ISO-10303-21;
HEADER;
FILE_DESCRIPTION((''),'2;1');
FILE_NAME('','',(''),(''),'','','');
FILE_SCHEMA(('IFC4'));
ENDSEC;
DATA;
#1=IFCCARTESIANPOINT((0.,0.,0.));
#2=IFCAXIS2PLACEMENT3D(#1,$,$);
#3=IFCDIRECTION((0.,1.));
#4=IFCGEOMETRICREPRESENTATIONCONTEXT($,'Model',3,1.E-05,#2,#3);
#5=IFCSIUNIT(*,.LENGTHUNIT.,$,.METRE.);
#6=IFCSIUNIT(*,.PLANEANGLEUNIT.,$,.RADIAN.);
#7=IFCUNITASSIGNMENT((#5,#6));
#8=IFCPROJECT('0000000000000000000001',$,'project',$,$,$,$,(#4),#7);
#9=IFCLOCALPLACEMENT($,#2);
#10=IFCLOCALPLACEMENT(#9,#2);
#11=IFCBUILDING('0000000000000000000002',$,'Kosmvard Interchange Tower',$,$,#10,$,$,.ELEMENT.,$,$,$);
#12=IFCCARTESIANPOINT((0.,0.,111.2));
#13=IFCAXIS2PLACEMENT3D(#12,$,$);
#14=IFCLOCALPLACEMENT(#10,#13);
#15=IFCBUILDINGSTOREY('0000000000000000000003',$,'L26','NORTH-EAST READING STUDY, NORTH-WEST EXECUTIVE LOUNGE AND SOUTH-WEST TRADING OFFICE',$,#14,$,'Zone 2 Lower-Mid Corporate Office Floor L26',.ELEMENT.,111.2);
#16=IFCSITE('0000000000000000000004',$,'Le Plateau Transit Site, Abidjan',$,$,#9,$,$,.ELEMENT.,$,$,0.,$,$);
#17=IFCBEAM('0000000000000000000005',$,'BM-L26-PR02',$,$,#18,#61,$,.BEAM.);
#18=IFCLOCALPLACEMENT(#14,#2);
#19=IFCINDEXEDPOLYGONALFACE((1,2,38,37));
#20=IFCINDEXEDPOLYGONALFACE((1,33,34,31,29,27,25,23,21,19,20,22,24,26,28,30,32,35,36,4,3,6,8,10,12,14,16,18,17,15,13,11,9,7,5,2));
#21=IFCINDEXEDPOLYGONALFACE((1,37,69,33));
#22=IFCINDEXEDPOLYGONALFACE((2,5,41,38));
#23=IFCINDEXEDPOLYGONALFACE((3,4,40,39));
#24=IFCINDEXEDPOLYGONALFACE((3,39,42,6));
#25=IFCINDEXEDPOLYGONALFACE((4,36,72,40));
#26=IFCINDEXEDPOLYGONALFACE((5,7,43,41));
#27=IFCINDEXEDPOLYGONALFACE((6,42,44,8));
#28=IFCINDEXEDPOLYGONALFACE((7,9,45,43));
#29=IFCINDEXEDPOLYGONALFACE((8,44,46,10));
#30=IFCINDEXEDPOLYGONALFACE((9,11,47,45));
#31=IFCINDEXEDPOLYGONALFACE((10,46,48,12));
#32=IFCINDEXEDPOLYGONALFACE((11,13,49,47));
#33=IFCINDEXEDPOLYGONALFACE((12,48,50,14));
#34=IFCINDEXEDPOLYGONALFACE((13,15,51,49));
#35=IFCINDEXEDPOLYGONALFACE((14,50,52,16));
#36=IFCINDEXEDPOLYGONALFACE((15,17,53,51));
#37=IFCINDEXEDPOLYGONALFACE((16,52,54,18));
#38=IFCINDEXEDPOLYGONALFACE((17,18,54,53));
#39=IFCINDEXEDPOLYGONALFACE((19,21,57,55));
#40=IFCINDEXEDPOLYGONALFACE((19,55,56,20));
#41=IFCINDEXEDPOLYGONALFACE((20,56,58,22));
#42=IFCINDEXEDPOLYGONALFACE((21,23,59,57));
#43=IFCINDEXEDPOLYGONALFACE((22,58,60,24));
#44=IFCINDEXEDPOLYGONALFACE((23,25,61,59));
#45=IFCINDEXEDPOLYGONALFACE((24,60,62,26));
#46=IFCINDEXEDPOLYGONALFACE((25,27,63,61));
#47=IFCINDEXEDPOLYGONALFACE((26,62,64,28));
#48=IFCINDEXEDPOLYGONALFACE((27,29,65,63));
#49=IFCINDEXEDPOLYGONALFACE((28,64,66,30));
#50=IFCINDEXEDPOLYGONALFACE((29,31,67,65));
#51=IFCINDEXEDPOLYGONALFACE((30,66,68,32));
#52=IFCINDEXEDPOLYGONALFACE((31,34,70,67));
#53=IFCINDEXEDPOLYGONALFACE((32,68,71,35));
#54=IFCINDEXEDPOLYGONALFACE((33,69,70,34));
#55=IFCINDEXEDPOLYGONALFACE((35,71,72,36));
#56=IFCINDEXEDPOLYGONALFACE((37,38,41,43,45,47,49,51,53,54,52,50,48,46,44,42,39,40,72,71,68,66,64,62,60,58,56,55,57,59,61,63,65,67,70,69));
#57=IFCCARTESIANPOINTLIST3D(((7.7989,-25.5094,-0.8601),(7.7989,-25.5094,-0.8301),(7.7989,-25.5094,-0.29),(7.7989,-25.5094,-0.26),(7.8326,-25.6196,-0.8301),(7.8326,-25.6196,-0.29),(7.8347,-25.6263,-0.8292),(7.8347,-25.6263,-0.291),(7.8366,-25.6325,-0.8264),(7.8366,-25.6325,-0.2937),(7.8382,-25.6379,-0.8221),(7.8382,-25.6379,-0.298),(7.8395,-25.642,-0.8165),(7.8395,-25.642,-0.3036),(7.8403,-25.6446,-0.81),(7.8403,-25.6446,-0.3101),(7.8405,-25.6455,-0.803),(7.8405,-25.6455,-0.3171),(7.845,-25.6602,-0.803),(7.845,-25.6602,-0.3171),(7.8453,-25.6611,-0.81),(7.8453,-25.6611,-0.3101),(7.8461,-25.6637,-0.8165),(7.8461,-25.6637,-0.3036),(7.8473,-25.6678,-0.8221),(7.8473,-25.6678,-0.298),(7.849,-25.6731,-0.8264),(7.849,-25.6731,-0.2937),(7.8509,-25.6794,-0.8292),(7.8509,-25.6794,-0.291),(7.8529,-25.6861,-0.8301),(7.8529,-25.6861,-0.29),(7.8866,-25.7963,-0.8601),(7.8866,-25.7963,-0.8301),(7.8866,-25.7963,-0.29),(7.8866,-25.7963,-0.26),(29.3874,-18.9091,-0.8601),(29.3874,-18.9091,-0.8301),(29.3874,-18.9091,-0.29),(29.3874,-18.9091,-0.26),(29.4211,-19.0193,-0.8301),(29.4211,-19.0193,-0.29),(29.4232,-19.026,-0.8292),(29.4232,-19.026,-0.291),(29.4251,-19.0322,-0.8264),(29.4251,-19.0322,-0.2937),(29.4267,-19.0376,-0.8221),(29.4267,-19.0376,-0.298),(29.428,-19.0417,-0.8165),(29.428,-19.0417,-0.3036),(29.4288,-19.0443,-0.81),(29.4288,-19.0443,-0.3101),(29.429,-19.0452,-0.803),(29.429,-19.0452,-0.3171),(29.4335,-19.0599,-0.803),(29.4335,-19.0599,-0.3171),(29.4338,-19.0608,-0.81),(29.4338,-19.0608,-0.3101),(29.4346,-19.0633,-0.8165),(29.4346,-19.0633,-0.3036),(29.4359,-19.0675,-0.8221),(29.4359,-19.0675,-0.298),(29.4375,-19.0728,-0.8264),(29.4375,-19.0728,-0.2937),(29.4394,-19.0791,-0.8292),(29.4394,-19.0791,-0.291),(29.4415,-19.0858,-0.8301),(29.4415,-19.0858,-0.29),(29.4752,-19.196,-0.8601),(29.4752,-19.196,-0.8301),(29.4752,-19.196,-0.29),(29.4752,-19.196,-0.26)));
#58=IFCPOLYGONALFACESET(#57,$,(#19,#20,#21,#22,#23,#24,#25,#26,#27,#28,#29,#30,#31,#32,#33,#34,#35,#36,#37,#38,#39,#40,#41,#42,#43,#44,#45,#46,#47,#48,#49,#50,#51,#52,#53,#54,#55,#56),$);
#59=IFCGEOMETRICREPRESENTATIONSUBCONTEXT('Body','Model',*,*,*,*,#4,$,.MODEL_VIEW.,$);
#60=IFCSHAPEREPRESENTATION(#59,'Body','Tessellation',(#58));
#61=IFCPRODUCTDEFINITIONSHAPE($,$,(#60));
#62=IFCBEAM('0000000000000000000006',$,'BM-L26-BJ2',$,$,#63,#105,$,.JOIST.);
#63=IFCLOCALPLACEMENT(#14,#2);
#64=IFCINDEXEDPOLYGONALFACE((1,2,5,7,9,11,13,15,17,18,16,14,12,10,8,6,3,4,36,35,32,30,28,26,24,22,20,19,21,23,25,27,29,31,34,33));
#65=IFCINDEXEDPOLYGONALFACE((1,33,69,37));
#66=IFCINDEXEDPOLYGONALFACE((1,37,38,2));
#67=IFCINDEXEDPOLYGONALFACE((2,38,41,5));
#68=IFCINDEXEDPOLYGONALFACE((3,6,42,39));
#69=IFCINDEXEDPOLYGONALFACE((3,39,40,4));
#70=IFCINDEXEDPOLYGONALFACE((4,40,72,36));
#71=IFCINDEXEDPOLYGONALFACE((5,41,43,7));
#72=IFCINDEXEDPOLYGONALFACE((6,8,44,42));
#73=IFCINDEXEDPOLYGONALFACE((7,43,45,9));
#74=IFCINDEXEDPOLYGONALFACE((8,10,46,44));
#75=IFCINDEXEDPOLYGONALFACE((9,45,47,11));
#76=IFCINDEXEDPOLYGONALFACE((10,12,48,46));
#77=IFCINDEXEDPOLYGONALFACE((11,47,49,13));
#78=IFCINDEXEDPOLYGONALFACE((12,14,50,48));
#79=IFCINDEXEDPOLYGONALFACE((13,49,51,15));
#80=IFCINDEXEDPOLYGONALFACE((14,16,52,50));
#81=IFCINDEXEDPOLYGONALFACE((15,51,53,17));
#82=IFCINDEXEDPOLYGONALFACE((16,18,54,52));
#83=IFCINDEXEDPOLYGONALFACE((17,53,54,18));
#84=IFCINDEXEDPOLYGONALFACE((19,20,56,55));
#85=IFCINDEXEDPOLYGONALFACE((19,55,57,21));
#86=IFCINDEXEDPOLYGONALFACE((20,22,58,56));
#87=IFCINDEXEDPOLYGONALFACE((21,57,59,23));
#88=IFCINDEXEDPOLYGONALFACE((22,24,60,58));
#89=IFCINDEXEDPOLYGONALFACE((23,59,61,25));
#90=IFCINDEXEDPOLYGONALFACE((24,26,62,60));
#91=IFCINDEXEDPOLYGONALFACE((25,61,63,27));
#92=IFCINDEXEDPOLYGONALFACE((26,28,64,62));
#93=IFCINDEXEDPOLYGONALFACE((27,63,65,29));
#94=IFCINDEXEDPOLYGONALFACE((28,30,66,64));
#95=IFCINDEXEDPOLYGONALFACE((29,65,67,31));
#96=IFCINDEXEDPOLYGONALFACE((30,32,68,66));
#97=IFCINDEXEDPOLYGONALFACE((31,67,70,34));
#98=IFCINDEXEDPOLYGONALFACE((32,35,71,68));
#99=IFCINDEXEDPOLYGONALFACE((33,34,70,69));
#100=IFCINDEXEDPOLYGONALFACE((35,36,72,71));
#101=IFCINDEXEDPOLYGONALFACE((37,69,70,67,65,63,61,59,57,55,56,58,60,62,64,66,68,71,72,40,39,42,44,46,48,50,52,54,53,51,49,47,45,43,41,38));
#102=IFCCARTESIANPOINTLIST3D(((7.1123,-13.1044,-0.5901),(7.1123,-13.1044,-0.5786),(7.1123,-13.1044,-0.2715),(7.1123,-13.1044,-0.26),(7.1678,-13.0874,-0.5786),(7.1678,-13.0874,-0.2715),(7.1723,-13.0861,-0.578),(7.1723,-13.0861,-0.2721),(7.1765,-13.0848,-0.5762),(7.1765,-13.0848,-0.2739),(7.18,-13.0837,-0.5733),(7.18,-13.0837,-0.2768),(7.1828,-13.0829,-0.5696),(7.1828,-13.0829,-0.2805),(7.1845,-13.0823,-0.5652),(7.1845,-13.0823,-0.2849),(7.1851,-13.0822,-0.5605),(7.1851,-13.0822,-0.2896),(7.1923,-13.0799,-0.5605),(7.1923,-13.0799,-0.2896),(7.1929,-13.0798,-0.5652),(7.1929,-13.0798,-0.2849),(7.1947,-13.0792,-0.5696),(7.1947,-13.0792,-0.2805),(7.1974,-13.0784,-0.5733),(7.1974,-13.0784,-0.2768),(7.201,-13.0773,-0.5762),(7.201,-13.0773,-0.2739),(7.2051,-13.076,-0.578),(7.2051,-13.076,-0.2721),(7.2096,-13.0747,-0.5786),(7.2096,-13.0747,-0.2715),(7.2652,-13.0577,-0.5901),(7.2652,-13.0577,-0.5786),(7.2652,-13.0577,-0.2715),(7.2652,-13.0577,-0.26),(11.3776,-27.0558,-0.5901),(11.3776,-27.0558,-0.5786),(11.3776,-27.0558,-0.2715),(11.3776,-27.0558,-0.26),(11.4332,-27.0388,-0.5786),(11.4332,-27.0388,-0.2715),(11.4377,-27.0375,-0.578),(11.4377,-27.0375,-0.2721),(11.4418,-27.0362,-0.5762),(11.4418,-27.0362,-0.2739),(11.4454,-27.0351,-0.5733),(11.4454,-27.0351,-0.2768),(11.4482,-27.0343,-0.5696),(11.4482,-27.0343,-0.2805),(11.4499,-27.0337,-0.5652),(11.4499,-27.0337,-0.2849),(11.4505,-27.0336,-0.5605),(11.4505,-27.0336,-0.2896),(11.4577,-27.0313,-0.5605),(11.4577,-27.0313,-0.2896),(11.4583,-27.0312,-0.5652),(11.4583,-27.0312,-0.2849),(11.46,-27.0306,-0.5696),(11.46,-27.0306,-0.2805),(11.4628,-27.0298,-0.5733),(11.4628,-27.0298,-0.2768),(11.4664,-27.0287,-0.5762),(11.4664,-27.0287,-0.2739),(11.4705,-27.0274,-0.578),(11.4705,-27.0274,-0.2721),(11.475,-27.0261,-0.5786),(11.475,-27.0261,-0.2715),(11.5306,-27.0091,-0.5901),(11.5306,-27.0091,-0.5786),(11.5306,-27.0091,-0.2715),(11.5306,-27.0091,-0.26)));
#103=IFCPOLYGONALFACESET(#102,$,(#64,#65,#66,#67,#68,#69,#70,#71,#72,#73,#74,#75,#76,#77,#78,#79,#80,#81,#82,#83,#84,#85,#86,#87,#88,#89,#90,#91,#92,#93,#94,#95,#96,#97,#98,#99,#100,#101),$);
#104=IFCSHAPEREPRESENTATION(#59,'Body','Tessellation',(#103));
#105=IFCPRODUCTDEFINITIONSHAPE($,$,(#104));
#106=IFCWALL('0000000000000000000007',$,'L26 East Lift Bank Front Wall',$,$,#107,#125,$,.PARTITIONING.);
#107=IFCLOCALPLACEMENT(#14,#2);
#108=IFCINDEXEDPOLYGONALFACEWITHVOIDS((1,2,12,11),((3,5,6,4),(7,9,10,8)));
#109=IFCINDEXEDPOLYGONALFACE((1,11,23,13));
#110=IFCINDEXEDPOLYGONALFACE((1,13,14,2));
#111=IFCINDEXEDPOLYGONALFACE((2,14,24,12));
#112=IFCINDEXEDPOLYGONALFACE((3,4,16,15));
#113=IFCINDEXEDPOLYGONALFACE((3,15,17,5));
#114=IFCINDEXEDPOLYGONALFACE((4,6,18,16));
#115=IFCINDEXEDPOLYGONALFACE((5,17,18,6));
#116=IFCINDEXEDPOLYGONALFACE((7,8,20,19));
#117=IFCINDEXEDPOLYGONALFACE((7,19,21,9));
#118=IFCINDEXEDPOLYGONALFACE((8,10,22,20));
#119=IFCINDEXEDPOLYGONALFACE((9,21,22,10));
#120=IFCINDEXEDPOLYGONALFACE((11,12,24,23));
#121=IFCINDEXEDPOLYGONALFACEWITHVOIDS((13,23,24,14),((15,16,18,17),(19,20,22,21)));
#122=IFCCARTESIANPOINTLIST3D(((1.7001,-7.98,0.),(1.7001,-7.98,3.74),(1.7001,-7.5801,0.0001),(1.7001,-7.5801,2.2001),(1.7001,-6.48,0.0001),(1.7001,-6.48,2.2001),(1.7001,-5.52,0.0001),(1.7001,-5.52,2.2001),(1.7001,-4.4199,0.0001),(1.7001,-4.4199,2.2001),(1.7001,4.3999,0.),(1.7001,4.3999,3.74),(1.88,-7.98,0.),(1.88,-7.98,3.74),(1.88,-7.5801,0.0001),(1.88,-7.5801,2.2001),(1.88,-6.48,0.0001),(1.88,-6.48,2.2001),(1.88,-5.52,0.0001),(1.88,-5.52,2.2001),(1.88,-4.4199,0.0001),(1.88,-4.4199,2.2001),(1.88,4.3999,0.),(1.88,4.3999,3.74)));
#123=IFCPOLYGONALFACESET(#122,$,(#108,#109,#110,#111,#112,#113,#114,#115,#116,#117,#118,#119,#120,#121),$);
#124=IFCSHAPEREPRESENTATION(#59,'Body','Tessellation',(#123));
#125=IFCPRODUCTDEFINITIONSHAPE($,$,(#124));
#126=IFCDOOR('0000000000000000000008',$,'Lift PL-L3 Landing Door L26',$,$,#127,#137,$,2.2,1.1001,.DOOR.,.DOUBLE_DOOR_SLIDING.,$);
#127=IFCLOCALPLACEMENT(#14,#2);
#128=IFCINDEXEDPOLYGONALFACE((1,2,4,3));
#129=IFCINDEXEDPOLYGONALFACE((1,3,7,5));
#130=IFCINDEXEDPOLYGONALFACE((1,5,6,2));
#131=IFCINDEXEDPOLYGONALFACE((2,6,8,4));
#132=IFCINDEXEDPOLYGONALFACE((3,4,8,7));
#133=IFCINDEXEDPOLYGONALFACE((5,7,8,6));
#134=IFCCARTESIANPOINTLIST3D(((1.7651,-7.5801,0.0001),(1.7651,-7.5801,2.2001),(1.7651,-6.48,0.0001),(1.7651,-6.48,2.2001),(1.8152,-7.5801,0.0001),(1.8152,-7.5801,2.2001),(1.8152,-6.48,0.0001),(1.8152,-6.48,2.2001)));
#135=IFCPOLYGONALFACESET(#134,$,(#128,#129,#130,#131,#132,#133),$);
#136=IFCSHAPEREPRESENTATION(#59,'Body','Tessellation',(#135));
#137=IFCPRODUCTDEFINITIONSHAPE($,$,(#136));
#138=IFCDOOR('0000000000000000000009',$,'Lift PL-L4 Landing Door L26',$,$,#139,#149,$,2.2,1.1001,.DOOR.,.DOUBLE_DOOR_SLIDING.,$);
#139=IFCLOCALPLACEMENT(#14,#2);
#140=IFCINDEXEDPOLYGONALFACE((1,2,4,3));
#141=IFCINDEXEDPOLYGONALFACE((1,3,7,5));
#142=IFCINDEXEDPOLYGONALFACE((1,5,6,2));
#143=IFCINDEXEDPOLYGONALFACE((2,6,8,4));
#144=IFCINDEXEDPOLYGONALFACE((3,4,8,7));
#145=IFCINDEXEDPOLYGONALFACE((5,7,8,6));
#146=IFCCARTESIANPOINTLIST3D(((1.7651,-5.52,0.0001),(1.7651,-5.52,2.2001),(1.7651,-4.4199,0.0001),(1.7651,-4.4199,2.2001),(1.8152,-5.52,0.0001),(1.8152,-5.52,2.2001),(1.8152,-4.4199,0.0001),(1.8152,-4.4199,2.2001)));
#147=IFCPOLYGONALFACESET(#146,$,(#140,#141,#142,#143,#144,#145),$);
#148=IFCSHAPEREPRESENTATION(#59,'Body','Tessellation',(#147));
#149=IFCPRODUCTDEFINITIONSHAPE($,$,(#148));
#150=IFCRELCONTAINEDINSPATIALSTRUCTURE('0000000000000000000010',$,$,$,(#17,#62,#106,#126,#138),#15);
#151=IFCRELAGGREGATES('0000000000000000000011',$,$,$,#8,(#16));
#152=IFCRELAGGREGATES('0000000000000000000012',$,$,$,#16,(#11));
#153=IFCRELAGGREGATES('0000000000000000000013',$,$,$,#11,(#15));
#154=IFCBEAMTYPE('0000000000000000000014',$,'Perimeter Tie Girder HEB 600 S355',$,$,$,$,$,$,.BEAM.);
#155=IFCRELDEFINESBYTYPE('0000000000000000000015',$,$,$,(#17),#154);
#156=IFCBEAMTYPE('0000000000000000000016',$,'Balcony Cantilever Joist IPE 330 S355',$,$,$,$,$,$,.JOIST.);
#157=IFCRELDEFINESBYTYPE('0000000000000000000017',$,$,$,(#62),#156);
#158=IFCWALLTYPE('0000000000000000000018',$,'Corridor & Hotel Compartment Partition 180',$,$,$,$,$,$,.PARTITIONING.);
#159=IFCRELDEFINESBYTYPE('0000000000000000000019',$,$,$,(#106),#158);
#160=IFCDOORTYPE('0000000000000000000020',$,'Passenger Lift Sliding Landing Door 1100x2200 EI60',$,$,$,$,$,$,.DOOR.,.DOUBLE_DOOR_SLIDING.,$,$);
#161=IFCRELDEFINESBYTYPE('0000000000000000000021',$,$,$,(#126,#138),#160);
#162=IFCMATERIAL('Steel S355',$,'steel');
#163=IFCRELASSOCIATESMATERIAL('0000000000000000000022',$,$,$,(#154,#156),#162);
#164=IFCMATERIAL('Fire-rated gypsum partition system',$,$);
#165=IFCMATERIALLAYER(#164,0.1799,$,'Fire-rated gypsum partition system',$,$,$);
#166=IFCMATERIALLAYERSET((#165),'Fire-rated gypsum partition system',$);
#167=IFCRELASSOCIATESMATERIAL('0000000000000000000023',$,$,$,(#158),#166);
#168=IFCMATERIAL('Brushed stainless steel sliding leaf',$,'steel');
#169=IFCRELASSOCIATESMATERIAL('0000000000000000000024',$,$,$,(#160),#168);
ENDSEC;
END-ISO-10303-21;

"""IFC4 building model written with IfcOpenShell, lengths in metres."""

from ifc_helpers import new_model, si_unit, direction, frame, frame_2d, origin, origin_2d, place, context, subcontext, project, spatial, rectangle, i_section, extrude, source, transform, mapped, material, layer, layer_set, material_profile, profile_set, type_object, element, fill, save


model = new_model("IFC4")

# Units and contexts
model_context = context("Model", 3, precision=1e-05, world=origin(), true_north=direction((0.0, 1.0)))
body_context = subcontext(model_context, "Body", "Model", "MODEL_VIEW")
ifc_project = project(units=[si_unit("LENGTHUNIT", "METRE"), si_unit("PLANEANGLEUNIT", "RADIAN")], contexts=[model_context])

# Site, building, storey
site_placement = place(None, origin())
site = spatial("IfcSite", under=ifc_project, at=site_placement, Name="Le Plateau Transit Site, Abidjan", CompositionType="ELEMENT", RefElevation=0.0)
building_placement = place(site_placement, origin())
building = spatial("IfcBuilding", under=site, at=building_placement, Name="Kosmvard Interchange Tower", CompositionType="ELEMENT")
storey_placement = place(building_placement, frame((0.0, 0.0, 111.2)))
storey = spatial("IfcBuildingStorey", under=building, at=storey_placement, Name="L26", Description="NORTH-EAST READING STUDY, NORTH-WEST EXECUTIVE LOUNGE AND SOUTH-WEST TRADING OFFICE", LongName="Zone 2 Lower-Mid Corporate Office Floor L26", CompositionType="ELEMENT", Elevation=111.2)

# Beams
ifc_material_1 = material(Name="Steel S355", Category="steel")
ifc_material_profile_1 = material_profile(ifc_material_1, i_section(OverallWidth=0.3, OverallDepth=0.6001, WebThickness=0.0154, FlangeThickness=0.03, FilletRadius=0.0271, at=origin_2d()), Name="HEB 600")
ifc_profile_set_1 = profile_set([ifc_material_profile_1], Name="Steel S355")
beam_type_1 = type_object("IfcBeamType", Name="Perimeter Tie Girder HEB 600 S355", PredefinedType="BEAM", material=ifc_profile_set_1)
shared_shape_1 = source(origin(), body_context, "Body", "SweptSolid", [
    extrude(i_section(OverallWidth=0.3, OverallDepth=0.6001, WebThickness=0.0154, FlangeThickness=0.03, FilletRadius=0.0271, at=origin_2d()), origin(), (0.0, 0.0, 1.0), 22.575),
])
beam_1_placement = place(storey_placement, frame((7.8428, -25.6528, -0.5601), z_axis=(0.956304, 0.292373, 0.0), x_axis=(-0.292373, 0.956304, 0.0)))
element("IfcBeam", 1, at=beam_1_placement, inside=storey, type_object=beam_type_1, Name="BM-L26-PR02", PredefinedType="BEAM", context=body_context, shape_type="MappedRepresentation", body=[
    mapped(shared_shape_1, transform((0.0, 0.0, 0.0), scale=1.0)),
])
ifc_material_profile_2 = material_profile(ifc_material_1, i_section(OverallWidth=0.1599, OverallDepth=0.3301, WebThickness=0.0076, FlangeThickness=0.0115, FilletRadius=0.0181, at=origin_2d()), Name="IPE 330")
ifc_profile_set_2 = profile_set([ifc_material_profile_2], Name="Steel S355")
beam_type_2 = type_object("IfcBeamType", Name="Balcony Cantilever Joist IPE 330 S355", PredefinedType="JOIST", material=ifc_profile_set_2)
shared_shape_2 = source(origin(), body_context, "Body", "SweptSolid", [
    extrude(i_section(OverallWidth=0.1599, OverallDepth=0.3301, WebThickness=0.0076, FlangeThickness=0.0115, FilletRadius=0.0181, at=origin_2d()), origin(), (0.0, 0.0, 1.0), 14.5889),
])
beam_2_placement = place(storey_placement, frame((7.1887, -13.0811, -0.425), z_axis=(0.292372, -0.956305, 0.0), x_axis=(0.956305, 0.292372, 0.0)))
element("IfcBeam", 2, at=beam_2_placement, inside=storey, type_object=beam_type_2, Name="BM-L26-BJ2", PredefinedType="JOIST", context=body_context, shape_type="MappedRepresentation", body=[
    mapped(shared_shape_2, transform((0.0, 0.0, 0.0), scale=1.0)),
])

# Wall, openings, doors
ifc_material_2 = material(Name="Fire-rated gypsum partition system")
ifc_layer_1 = layer(ifc_material_2, 0.1799, Name="Fire-rated gypsum partition system")
ifc_layer_set_1 = layer_set([ifc_layer_1], Name="Fire-rated gypsum partition system")
wall_type_1 = type_object("IfcWallType", Name="Corridor & Hotel Compartment Partition 180", PredefinedType="PARTITIONING", material=ifc_layer_set_1)
wall_1_placement = place(storey_placement, frame((1.79, -7.98, 0.0), z_axis=(0.0, 0.0, 1.0), x_axis=(0.0, 1.0, 0.0)))
wall_1 = element("IfcWall", 3, at=wall_1_placement, inside=storey, type_object=wall_type_1, Name="L26 East Lift Bank Front Wall", PredefinedType="PARTITIONING", context=body_context, shape_type="SweptSolid", body=[
    extrude(rectangle(XDim=12.3799, YDim=0.1799, at=frame_2d((6.1899, 0.0))), origin(), (0.0, 0.0, 1.0), 3.74),
])
opening_1_placement = place(wall_1_placement, frame((0.3999, 0.0, 0.0)))
opening_1 = element("IfcOpeningElement", 4, at=opening_1_placement, cuts=wall_1, PredefinedType="OPENING", context=body_context, shape_type="SweptSolid", body=[
    extrude(rectangle(XDim=1.1001, YDim=2.2, at=frame_2d((0.55, 1.1001))), frame((0.0, 0.1001, 0.0), z_axis=(0.0, -1.0, 0.0), x_axis=(1.0, 0.0, 0.0)), (0.0, 0.0, 1.0), 0.2),
])
opening_2_placement = place(wall_1_placement, frame((2.46, 0.0, 0.0)))
opening_2 = element("IfcOpeningElement", 5, at=opening_2_placement, cuts=wall_1, PredefinedType="OPENING", context=body_context, shape_type="SweptSolid", body=[
    extrude(rectangle(XDim=1.1001, YDim=2.2, at=frame_2d((0.55, 1.1001))), frame((0.0, 0.1001, 0.0), z_axis=(0.0, -1.0, 0.0), x_axis=(1.0, 0.0, 0.0)), (0.0, 0.0, 1.0), 0.2),
])
ifc_material_3 = material(Name="Brushed stainless steel sliding leaf", Category="steel")
door_type_1 = type_object("IfcDoorType", Name="Passenger Lift Sliding Landing Door 1100x2200 EI60", OperationType="DOUBLE_DOOR_SLIDING", PredefinedType="DOOR", material=ifc_material_3)
shared_shape_3 = source(origin(), body_context, "Body", "SweptSolid", [
    extrude(rectangle(XDim=1.1001, YDim=2.2, at=frame_2d((0.55, 1.1001))), frame((0.0, 0.0249, 0.0), z_axis=(0.0, -1.0, 0.0), x_axis=(1.0, 0.0, 0.0)), (0.0, 0.0, 1.0), 0.05),
])
door_1_placement = place(opening_1_placement, origin())
door_1 = element("IfcDoor", 6, at=door_1_placement, inside=storey, type_object=door_type_1, Name="Lift PL-L3 Landing Door L26", OperationType="DOUBLE_DOOR_SLIDING", OverallHeight=2.2, OverallWidth=1.1001, PredefinedType="DOOR", context=body_context, shape_type="MappedRepresentation", body=[
    mapped(shared_shape_3, transform((0.0, 0.0, 0.0), scale=1.0)),
])
fill(opening_1, door_1)
door_2_placement = place(opening_2_placement, origin())
door_2 = element("IfcDoor", 7, at=door_2_placement, inside=storey, type_object=door_type_1, Name="Lift PL-L4 Landing Door L26", OperationType="DOUBLE_DOOR_SLIDING", OverallHeight=2.2, OverallWidth=1.1001, PredefinedType="DOOR", context=body_context, shape_type="MappedRepresentation", body=[
    mapped(shared_shape_3, transform((0.0, 0.0, 0.0), scale=1.0)),
])
fill(opening_2, door_2)

save(model, "model.ifc")
